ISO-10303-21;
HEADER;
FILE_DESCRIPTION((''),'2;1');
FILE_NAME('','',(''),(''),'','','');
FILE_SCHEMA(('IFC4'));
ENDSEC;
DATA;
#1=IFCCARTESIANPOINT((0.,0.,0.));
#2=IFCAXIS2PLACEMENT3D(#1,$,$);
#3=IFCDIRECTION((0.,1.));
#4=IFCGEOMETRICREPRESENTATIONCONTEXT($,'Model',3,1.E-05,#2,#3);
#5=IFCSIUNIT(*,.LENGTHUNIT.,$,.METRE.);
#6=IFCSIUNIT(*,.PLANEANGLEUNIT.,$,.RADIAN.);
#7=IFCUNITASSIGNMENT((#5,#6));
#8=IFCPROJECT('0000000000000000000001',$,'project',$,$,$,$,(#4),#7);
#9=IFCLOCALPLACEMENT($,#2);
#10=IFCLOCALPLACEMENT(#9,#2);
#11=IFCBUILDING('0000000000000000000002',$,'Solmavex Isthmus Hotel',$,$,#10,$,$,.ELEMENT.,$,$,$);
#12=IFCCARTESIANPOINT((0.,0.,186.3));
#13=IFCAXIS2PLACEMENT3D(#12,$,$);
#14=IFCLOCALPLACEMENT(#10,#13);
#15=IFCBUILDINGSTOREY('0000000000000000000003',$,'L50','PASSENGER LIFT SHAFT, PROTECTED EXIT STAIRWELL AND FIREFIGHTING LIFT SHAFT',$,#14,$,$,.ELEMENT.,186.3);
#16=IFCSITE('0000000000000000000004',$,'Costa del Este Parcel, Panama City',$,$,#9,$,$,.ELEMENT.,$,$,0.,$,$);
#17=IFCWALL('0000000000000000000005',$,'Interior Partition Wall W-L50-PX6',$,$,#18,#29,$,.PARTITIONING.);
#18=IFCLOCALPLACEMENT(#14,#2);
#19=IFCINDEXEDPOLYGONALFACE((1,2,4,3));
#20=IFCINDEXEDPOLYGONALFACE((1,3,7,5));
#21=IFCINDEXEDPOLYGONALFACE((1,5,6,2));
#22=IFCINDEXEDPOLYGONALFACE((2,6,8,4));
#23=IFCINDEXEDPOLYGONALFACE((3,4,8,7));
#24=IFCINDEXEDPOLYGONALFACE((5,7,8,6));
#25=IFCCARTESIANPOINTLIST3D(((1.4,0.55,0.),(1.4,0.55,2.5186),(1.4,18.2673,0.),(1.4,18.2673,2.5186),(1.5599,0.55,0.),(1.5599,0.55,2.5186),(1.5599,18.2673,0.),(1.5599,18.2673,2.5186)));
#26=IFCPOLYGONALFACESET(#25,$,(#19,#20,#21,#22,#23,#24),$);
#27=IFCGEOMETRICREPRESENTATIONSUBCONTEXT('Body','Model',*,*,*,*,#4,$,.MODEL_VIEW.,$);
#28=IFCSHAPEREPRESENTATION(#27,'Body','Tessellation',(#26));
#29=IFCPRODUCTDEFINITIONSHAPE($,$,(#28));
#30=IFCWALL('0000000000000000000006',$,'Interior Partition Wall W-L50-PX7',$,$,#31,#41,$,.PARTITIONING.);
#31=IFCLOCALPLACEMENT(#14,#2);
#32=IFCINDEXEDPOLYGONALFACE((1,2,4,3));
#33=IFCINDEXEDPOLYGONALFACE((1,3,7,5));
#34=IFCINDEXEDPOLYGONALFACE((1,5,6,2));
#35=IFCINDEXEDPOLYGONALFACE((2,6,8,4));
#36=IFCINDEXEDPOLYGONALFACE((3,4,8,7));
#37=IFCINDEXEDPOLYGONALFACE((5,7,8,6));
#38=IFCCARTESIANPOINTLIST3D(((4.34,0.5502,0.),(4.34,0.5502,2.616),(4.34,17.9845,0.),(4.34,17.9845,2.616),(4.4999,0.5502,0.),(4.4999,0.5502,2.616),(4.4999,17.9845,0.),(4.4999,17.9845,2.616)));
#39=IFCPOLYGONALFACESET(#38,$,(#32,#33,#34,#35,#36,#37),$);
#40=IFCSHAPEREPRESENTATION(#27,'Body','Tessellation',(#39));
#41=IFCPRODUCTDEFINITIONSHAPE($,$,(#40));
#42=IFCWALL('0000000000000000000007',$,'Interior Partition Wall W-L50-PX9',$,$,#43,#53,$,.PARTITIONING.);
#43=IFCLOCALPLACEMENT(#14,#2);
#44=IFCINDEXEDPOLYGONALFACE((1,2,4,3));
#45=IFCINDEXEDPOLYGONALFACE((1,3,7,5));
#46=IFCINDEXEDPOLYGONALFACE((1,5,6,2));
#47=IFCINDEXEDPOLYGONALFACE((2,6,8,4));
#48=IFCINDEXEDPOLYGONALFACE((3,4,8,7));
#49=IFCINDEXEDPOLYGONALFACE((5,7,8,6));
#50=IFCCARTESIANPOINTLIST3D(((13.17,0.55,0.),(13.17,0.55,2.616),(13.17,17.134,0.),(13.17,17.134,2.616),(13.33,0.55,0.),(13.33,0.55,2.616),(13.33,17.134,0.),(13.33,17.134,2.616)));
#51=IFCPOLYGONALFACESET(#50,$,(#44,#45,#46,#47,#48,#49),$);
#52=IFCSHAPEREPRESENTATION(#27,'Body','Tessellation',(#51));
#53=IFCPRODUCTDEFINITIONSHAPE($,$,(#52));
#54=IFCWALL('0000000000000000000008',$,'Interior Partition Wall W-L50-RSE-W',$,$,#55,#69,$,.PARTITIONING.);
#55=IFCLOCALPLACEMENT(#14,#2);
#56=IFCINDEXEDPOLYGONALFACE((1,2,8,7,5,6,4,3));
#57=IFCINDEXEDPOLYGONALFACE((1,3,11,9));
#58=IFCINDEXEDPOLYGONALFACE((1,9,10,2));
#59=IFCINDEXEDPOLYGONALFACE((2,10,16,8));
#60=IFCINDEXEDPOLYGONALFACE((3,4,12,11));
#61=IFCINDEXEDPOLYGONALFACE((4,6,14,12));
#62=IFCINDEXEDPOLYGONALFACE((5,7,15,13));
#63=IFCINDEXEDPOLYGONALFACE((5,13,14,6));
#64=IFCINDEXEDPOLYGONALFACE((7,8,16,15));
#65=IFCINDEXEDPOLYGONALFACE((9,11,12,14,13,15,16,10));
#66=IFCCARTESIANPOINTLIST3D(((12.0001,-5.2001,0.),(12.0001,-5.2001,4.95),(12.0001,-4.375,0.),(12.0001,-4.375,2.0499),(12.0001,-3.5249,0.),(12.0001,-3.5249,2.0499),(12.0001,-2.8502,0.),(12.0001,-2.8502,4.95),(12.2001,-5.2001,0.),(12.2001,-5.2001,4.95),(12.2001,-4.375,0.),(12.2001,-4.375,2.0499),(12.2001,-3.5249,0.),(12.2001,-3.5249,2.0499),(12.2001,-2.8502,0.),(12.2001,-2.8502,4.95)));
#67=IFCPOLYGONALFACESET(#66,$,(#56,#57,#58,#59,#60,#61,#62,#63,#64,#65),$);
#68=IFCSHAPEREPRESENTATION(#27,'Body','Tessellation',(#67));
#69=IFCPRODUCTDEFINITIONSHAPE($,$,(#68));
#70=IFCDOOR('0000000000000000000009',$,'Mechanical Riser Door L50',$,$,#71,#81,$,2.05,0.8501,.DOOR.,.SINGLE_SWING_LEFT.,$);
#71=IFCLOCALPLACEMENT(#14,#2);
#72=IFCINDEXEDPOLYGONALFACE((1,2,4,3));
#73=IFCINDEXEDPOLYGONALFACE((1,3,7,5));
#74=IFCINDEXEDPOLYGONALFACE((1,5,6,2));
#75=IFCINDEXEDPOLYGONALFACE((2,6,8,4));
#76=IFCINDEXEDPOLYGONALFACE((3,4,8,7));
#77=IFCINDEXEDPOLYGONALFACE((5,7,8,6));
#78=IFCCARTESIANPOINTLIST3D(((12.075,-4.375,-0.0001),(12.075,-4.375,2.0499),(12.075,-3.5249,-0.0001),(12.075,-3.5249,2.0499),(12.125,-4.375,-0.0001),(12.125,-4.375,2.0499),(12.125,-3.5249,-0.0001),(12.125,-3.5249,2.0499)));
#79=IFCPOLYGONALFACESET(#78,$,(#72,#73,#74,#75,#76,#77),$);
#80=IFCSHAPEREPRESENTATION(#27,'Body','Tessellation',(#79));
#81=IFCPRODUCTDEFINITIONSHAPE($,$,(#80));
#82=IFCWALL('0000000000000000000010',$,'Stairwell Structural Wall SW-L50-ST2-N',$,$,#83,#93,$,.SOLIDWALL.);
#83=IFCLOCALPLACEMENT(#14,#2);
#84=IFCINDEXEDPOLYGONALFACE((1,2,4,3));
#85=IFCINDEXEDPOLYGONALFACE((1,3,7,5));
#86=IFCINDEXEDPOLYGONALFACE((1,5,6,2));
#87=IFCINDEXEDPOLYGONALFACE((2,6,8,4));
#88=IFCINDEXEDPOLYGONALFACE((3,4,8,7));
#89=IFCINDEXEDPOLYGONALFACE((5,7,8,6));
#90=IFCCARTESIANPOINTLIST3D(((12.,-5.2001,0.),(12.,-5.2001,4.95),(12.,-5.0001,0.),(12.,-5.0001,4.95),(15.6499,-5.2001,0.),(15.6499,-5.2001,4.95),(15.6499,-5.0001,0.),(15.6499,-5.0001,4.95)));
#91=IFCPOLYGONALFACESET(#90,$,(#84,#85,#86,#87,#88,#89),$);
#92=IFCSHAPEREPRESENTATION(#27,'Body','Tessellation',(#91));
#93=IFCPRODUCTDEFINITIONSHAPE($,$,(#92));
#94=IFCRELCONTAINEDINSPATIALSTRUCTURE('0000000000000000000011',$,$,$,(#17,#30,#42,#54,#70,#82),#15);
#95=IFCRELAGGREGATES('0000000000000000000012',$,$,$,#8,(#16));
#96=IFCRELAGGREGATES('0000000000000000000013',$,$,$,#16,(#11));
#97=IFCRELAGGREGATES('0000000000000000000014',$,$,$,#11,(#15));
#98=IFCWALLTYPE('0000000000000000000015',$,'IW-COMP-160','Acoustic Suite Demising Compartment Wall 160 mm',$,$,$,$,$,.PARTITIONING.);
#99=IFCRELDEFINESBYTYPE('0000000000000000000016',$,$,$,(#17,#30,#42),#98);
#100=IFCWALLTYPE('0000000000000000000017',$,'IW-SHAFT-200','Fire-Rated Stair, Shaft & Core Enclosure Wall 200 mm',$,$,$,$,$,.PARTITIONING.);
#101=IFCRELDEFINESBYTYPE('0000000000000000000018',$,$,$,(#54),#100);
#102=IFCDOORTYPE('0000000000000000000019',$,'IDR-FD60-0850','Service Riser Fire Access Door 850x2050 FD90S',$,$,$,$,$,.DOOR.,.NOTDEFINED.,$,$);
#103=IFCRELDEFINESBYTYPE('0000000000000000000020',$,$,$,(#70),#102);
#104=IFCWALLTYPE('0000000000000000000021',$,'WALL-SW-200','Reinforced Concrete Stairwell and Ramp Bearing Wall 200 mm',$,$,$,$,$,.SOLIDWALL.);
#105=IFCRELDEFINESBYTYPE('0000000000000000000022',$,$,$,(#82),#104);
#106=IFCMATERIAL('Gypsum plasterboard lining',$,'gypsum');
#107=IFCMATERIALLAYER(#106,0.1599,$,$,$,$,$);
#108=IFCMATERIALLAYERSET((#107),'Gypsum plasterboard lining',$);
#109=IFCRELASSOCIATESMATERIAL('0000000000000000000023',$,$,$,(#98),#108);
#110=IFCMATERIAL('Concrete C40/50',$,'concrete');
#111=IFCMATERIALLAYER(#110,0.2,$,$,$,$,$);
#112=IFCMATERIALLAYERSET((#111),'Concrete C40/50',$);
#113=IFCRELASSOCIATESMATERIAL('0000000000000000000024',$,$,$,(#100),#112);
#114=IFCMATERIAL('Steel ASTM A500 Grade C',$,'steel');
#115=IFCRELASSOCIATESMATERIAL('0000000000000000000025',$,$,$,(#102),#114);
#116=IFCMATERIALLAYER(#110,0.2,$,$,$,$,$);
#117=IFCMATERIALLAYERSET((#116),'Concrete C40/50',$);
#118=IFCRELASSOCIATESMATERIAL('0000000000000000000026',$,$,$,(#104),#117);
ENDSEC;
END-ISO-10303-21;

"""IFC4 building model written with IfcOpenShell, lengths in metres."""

from ifc_helpers import new_model, si_unit, direction, frame, frame_2d, origin, place, context, subcontext, project, spatial, rectangle, extrude, material, layer, layer_set, type_object, element, fill, save


model = new_model("IFC4")

# Units and contexts
model_context = context("Model", 3, precision=1e-05, world=origin(), true_north=direction((0.0, 1.0)))
body_context = subcontext(model_context, "Body", "Model", "MODEL_VIEW")
ifc_project = project(units=[si_unit("LENGTHUNIT", "METRE"), si_unit("PLANEANGLEUNIT", "RADIAN")], contexts=[model_context])

# Site, building, storey
site_placement = place(None, origin())
site = spatial("IfcSite", under=ifc_project, at=site_placement, Name="Costa del Este Parcel, Panama City", CompositionType="ELEMENT", RefElevation=0.0)
building_placement = place(site_placement, origin())
building = spatial("IfcBuilding", under=site, at=building_placement, Name="Solmavex Isthmus Hotel", CompositionType="ELEMENT")
storey_placement = place(building_placement, frame((0.0, 0.0, 186.3)))
storey = spatial("IfcBuildingStorey", under=building, at=storey_placement, Name="L50", Description="PASSENGER LIFT SHAFT, PROTECTED EXIT STAIRWELL AND FIREFIGHTING LIFT SHAFT", CompositionType="ELEMENT", Elevation=186.3)

# Walls
ifc_material_1 = material(Name="Gypsum plasterboard lining", Category="gypsum")
ifc_layer_1 = layer(ifc_material_1, 0.1599)
ifc_layer_set_1 = layer_set([ifc_layer_1], Name="Gypsum plasterboard lining")
wall_type_1 = type_object("IfcWallType", Name="IW-COMP-160", Description="Acoustic Suite Demising Compartment Wall 160 mm", PredefinedType="PARTITIONING", material=ifc_layer_set_1)
wall_1_placement = place(storey_placement, frame((1.48, 0.55, 0.0), z_axis=(0.0, 0.0, 1.0), x_axis=(0.0, 1.0, 0.0)))
element("IfcWall", 1, at=wall_1_placement, inside=storey, type_object=wall_type_1, Name="Interior Partition Wall W-L50-PX6", PredefinedType="PARTITIONING", context=body_context, shape_type="SweptSolid", body=[
    extrude(rectangle(XDim=17.7173, YDim=0.1599, at=frame_2d((8.8586, 0.0))), origin(), (0.0, 0.0, 1.0), 2.5186),
])
wall_2_placement = place(storey_placement, frame((4.4199, 0.55, 0.0), z_axis=(0.0, 0.0, 1.0), x_axis=(0.0, 1.0, 0.0)))
element("IfcWall", 2, at=wall_2_placement, inside=storey, type_object=wall_type_1, Name="Interior Partition Wall W-L50-PX7", PredefinedType="PARTITIONING", context=body_context, shape_type="SweptSolid", body=[
    extrude(rectangle(XDim=17.4343, YDim=0.1599, at=frame_2d((8.7173, 0.0))), origin(), (0.0, 0.0, 1.0), 2.616),
])
wall_3_placement = place(storey_placement, frame((13.25, 0.55, 0.0), z_axis=(0.0, 0.0, 1.0), x_axis=(0.0, 1.0, 0.0)))
element("IfcWall", 3, at=wall_3_placement, inside=storey, type_object=wall_type_1, Name="Interior Partition Wall W-L50-PX9", PredefinedType="PARTITIONING", context=body_context, shape_type="SweptSolid", body=[
    extrude(rectangle(XDim=16.584, YDim=0.1599, at=frame_2d((8.292, 0.0))), origin(), (0.0, 0.0, 1.0), 2.616),
])

# Wall, opening, door
ifc_material_2 = material(Name="Concrete C40/50", Category="concrete")
ifc_layer_2 = layer(ifc_material_2, 0.2)
ifc_layer_set_2 = layer_set([ifc_layer_2], Name="Concrete C40/50")
wall_type_2 = type_object("IfcWallType", Name="IW-SHAFT-200", Description="Fire-Rated Stair, Shaft & Core Enclosure Wall 200 mm", PredefinedType="PARTITIONING", material=ifc_layer_set_2)
wall_4_placement = place(storey_placement, frame((12.1001, -5.2, 0.0), z_axis=(0.0, 0.0, 1.0), x_axis=(0.0, 1.0, 0.0)))
wall_4 = element("IfcWall", 4, at=wall_4_placement, inside=storey, type_object=wall_type_2, Name="Interior Partition Wall W-L50-RSE-W", PredefinedType="PARTITIONING", context=body_context, shape_type="SweptSolid", body=[
    extrude(rectangle(XDim=2.3499, YDim=0.2, at=frame_2d((1.1748, 0.0))), origin(), (0.0, 0.0, 1.0), 4.95),
])
opening_placement = place(wall_4_placement, frame((0.825, 0.0, 0.0)))
opening = element("IfcOpeningElement", 5, at=opening_placement, cuts=wall_4, PredefinedType="OPENING", context=body_context, shape_type="SweptSolid", body=[
    extrude(rectangle(XDim=0.8501, YDim=2.05, at=frame_2d((0.425, 1.0249))), frame((0.0, 0.1099, 0.0), z_axis=(0.0, -1.0, 0.0), x_axis=(1.0, 0.0, 0.0)), (0.0, 0.0, 1.0), 0.22),
])
ifc_material_3 = material(Name="Steel ASTM A500 Grade C", Category="steel")
door_type = type_object("IfcDoorType", Name="IDR-FD60-0850", Description="Service Riser Fire Access Door 850x2050 FD90S", OperationType="NOTDEFINED", PredefinedType="DOOR", material=ifc_material_3)
door_placement = place(opening_placement, frame((0.8501, 0.0, 0.0), z_axis=(0.0, 0.0, 1.0), x_axis=(-1.0, 0.0, 0.0)))
door = element("IfcDoor", 6, at=door_placement, inside=storey, type_object=door_type, Name="Mechanical Riser Door L50", OperationType="SINGLE_SWING_LEFT", OverallHeight=2.05, OverallWidth=0.8501, PredefinedType="DOOR", context=body_context, shape_type="SweptSolid", body=[
    extrude(rectangle(XDim=0.8501, YDim=2.05, at=frame_2d((0.425, 1.0249))), frame((0.0, 0.0249, 0.0), z_axis=(0.0, -1.0, 0.0), x_axis=(1.0, 0.0, 0.0)), (0.0, 0.0, 1.0), 0.05),
])
fill(opening, door)

# Wall
ifc_layer_3 = layer(ifc_material_2, 0.2)
ifc_layer_set_3 = layer_set([ifc_layer_3], Name="Concrete C40/50")
wall_type_3 = type_object("IfcWallType", Name="WALL-SW-200", Description="Reinforced Concrete Stairwell and Ramp Bearing Wall 200 mm", PredefinedType="SOLIDWALL", material=ifc_layer_set_3)
wall_5_placement = place(storey_placement, frame((12.0, -5.1001, 0.0), z_axis=(0.0, 0.0, 1.0), x_axis=(1.0, 0.0, 0.0)))
element("IfcWall", 7, at=wall_5_placement, inside=storey, type_object=wall_type_3, Name="Stairwell Structural Wall SW-L50-ST2-N", PredefinedType="SOLIDWALL", context=body_context, shape_type="SweptSolid", body=[
    extrude(rectangle(XDim=3.6499, YDim=0.2, at=frame_2d((1.825, 0.0))), origin(), (0.0, 0.0, 1.0), 4.95),
])

save(model, "model.ifc")
